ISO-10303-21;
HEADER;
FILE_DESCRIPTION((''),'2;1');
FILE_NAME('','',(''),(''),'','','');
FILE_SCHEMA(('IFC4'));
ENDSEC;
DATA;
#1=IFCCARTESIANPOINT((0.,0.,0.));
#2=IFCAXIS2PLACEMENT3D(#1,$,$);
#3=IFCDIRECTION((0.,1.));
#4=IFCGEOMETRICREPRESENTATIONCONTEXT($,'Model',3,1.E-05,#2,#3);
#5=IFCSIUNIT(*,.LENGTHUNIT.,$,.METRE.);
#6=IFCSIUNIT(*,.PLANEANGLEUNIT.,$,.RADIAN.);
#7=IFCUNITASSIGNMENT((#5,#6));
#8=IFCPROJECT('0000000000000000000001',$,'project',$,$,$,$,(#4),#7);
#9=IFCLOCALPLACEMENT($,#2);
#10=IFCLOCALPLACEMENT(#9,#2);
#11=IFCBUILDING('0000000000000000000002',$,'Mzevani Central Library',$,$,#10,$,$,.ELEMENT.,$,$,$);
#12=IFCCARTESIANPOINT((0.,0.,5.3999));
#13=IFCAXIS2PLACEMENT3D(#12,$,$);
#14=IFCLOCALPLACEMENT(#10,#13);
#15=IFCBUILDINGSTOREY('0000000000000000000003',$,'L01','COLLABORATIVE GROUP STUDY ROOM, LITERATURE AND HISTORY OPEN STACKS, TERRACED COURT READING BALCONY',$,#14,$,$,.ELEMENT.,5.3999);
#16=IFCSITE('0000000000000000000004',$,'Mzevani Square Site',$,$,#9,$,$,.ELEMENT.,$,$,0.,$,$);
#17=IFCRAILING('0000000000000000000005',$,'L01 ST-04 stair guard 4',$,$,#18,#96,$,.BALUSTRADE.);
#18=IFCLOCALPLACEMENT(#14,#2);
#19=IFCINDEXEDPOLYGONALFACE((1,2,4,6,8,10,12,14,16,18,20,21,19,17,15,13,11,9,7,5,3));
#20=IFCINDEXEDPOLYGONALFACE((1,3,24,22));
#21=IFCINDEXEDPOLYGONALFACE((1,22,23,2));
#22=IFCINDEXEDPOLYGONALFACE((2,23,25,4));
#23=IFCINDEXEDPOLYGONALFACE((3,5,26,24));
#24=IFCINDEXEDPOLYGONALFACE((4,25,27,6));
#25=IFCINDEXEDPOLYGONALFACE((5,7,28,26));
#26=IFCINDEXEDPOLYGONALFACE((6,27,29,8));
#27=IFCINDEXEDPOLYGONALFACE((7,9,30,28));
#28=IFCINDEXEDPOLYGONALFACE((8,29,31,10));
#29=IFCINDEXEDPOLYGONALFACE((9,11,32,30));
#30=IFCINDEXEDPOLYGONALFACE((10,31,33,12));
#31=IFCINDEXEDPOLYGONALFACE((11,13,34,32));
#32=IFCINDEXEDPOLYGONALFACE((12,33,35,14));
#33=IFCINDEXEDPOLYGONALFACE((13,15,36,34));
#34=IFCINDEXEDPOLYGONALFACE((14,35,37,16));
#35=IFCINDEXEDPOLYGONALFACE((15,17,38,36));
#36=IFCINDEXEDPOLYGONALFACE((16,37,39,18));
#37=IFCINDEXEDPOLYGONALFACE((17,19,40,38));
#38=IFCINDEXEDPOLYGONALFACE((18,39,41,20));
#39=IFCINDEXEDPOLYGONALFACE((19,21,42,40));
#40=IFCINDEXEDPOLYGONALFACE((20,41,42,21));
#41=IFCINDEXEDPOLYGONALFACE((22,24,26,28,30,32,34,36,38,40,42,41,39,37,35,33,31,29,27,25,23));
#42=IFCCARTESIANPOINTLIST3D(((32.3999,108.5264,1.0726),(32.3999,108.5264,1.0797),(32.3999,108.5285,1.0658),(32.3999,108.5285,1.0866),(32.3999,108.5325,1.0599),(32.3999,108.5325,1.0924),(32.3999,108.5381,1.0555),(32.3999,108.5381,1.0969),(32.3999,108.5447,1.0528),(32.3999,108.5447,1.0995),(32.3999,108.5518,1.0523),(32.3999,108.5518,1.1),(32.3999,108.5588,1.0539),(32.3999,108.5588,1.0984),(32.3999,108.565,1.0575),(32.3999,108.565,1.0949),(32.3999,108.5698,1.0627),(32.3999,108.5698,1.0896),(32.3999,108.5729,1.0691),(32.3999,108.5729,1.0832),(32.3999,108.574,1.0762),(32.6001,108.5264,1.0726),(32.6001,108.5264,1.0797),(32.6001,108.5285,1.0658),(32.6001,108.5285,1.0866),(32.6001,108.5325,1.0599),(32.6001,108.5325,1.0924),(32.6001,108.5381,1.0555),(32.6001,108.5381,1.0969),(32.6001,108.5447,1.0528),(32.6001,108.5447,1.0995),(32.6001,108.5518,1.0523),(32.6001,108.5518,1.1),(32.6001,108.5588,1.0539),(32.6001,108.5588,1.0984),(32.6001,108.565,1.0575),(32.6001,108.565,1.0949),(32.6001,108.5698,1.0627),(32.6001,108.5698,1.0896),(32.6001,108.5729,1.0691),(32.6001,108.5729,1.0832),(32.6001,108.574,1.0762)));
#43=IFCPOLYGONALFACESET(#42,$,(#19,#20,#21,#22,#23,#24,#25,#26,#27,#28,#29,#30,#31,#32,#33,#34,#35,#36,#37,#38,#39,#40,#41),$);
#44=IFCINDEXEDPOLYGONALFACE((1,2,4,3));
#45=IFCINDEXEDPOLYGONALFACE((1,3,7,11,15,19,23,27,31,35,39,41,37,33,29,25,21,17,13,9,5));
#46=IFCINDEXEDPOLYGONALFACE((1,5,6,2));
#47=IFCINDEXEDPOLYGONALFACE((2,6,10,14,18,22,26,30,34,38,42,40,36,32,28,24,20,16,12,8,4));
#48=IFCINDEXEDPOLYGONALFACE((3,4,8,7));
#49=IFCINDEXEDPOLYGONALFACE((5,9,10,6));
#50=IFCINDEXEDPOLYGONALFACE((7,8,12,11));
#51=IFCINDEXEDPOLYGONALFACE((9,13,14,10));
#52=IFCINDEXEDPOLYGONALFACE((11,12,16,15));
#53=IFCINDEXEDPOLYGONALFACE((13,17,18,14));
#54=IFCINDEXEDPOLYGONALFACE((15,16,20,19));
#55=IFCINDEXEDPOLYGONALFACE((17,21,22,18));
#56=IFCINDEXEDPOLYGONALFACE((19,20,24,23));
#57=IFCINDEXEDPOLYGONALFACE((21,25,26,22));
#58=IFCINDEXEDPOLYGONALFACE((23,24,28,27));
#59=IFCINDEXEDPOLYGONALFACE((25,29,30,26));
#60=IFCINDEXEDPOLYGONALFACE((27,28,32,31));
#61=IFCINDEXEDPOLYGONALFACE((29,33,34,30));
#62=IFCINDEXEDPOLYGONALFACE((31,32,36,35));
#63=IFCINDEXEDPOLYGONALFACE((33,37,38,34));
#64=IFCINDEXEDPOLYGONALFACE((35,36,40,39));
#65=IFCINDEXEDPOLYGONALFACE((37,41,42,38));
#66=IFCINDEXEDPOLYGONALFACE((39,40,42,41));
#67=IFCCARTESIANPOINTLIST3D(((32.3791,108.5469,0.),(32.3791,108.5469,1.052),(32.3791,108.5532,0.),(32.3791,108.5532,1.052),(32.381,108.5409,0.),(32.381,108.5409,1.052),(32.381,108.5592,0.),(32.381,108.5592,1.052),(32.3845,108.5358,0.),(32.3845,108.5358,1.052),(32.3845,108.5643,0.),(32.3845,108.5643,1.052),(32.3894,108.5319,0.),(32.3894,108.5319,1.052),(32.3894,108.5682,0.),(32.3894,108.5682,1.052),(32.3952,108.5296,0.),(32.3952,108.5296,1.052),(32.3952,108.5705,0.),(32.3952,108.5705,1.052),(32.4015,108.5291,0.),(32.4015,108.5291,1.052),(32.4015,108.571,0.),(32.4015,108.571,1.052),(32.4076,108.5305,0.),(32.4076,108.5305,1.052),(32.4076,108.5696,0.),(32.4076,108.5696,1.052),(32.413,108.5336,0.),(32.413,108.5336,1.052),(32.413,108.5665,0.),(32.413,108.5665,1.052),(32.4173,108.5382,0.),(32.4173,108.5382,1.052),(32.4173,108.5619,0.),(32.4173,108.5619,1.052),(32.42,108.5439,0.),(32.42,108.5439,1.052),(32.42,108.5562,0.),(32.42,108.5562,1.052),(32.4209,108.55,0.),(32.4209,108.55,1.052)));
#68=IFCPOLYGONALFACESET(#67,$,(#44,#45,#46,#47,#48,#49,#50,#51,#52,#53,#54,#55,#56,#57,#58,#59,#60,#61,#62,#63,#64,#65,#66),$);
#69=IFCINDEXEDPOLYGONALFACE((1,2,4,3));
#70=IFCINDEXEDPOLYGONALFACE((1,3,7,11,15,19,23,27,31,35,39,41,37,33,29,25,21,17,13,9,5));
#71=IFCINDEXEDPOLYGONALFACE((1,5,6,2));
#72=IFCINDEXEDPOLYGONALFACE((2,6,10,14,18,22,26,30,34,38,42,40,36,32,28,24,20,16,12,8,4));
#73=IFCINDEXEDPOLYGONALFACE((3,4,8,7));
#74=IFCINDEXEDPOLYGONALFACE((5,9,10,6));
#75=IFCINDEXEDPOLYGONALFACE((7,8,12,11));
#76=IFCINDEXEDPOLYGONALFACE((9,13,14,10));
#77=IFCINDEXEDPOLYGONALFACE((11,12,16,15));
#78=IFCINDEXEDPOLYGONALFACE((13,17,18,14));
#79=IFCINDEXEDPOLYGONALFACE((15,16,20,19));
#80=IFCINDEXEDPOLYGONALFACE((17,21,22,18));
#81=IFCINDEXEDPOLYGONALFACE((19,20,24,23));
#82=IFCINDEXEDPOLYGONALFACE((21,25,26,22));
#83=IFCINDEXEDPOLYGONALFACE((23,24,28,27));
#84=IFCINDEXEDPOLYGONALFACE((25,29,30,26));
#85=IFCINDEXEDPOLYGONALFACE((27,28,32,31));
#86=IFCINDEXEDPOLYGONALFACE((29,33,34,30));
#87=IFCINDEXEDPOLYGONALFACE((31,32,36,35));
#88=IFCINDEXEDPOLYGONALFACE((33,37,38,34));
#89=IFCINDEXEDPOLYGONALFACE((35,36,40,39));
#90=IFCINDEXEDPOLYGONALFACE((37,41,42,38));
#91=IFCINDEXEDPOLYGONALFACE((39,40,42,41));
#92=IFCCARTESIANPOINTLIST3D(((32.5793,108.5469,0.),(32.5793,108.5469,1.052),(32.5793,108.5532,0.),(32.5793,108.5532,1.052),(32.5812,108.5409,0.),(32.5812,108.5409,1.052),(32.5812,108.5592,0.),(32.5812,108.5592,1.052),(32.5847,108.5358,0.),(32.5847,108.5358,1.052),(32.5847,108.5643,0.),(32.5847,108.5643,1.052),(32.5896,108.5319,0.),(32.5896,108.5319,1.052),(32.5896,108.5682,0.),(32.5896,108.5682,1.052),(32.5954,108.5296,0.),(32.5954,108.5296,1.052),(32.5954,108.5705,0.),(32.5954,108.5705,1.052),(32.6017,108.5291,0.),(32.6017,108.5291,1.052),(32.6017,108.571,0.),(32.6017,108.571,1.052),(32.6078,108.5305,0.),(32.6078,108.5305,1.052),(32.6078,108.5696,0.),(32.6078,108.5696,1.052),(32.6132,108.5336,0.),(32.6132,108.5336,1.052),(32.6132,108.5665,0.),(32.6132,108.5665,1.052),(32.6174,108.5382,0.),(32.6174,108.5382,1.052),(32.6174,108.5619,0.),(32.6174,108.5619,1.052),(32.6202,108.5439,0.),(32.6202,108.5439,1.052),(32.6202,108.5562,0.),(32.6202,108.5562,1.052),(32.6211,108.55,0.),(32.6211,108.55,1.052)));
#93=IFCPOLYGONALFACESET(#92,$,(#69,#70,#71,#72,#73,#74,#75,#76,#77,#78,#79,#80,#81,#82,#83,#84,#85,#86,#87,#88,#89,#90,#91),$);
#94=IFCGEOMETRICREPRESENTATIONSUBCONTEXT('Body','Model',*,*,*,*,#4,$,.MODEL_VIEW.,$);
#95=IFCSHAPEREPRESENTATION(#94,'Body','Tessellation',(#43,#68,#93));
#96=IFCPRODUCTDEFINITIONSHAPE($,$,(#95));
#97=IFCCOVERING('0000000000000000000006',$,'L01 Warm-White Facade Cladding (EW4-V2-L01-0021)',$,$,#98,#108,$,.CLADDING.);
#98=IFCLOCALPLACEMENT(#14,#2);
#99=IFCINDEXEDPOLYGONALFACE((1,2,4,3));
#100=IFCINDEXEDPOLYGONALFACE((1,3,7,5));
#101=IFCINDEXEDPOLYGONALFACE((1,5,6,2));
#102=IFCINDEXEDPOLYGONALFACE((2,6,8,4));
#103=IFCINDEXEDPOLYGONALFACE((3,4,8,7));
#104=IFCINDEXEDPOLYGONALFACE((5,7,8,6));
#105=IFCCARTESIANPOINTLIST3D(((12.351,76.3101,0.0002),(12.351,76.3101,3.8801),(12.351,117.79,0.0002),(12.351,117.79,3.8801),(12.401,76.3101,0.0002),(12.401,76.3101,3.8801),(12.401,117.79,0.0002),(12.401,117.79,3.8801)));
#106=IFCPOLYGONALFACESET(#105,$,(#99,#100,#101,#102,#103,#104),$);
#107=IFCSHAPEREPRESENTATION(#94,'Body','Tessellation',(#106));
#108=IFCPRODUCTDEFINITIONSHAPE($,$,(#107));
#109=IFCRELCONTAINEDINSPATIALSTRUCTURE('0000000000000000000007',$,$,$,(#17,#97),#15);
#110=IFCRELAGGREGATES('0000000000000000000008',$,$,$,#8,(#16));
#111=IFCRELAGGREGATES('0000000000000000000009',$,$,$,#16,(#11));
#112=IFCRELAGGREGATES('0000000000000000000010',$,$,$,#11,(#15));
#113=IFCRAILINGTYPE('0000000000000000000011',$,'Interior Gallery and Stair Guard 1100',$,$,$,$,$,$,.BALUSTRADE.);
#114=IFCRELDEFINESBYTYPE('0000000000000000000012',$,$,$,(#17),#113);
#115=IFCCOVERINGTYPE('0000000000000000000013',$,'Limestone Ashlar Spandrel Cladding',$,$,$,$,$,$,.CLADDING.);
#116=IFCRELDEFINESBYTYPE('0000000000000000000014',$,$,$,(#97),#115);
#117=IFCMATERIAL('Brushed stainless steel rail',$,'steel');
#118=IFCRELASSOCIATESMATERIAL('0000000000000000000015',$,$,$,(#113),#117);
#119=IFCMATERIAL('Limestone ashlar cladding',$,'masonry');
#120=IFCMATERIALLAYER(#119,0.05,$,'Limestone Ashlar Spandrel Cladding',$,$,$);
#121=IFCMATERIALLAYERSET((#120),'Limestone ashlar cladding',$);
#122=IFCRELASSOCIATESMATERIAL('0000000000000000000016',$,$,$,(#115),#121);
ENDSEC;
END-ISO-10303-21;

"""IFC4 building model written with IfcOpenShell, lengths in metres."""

from ifc_helpers import new_model, si_unit, direction, frame, origin, origin_2d, place, context, subcontext, project, spatial, rectangle, circle, extrude, material, layer, layer_set, type_object, element, save


model = new_model("IFC4")

# Units and contexts
model_context = context("Model", 3, precision=1e-05, world=origin(), true_north=direction((0.0, 1.0)))
body_context = subcontext(model_context, "Body", "Model", "MODEL_VIEW")
ifc_project = project(units=[si_unit("LENGTHUNIT", "METRE"), si_unit("PLANEANGLEUNIT", "RADIAN")], contexts=[model_context])

# Site, building, storey
site_placement = place(None, origin())
site = spatial("IfcSite", under=ifc_project, at=site_placement, Name="Mzevani Square Site", CompositionType="ELEMENT", RefElevation=0.0)
building_placement = place(site_placement, origin())
building = spatial("IfcBuilding", under=site, at=building_placement, Name="Mzevani Central Library", CompositionType="ELEMENT")
storey_placement = place(building_placement, frame((0.0, 0.0, 5.3999)))
storey = spatial("IfcBuildingStorey", under=building, at=storey_placement, Name="L01", Description="COLLABORATIVE GROUP STUDY ROOM, LITERATURE AND HISTORY OPEN STACKS, TERRACED COURT READING BALCONY", CompositionType="ELEMENT", Elevation=5.3999)

# Railing
ifc_material_1 = material(Name="Brushed stainless steel rail", Category="steel")
railing_type_1 = type_object("IfcRailingType", Name="Interior Gallery and Stair Guard 1100", PredefinedType="BALUSTRADE", material=ifc_material_1)
railing_1_placement = place(storey_placement, frame((32.3999, 108.55, 0.0)))
element("IfcRailing", 1, at=railing_1_placement, inside=storey, type_object=railing_type_1, Name="L01 ST-04 stair guard 4", PredefinedType="BALUSTRADE", context=body_context, shape_type="SweptSolid", body=[
    extrude(circle(Radius=0.0239, at=origin_2d()), frame((0.0, 0.0, 1.0762), z_axis=(1.0, 0.0, 0.0), x_axis=(0.0, 1.0, 0.0)), (0.0, 0.0, 1.0), 0.2002),
    extrude(circle(Radius=0.021, at=origin_2d()), origin(), (0.0, 0.0, 1.0), 1.052),
    extrude(circle(Radius=0.021, at=origin_2d()), frame((0.2002, 0.0, 0.0)), (0.0, 0.0, 1.0), 1.052),
])

# Covering
ifc_material_2 = material(Name="Limestone ashlar cladding", Category="masonry")
ifc_layer_1 = layer(ifc_material_2, 0.05, Name="Limestone Ashlar Spandrel Cladding")
ifc_layer_set_1 = layer_set([ifc_layer_1], Name="Limestone ashlar cladding")
covering_type = type_object("IfcCoveringType", Name="Limestone Ashlar Spandrel Cladding", PredefinedType="CLADDING", material=ifc_layer_set_1)
covering_placement = place(storey_placement, frame((12.376, 97.05, 0.0002), z_axis=(0.0, 0.0, 1.0), x_axis=(0.0, 1.0, 0.0)))
element("IfcCovering", 2, at=covering_placement, inside=storey, type_object=covering_type, Name="L01 Warm-White Facade Cladding (EW4-V2-L01-0021)", PredefinedType="CLADDING", context=body_context, shape_type="SweptSolid", body=[
    extrude(rectangle(XDim=41.48, YDim=0.05, at=origin_2d()), origin(), (0.0, 0.0, 1.0), 3.8799),
])

save(model, "model.ifc")
